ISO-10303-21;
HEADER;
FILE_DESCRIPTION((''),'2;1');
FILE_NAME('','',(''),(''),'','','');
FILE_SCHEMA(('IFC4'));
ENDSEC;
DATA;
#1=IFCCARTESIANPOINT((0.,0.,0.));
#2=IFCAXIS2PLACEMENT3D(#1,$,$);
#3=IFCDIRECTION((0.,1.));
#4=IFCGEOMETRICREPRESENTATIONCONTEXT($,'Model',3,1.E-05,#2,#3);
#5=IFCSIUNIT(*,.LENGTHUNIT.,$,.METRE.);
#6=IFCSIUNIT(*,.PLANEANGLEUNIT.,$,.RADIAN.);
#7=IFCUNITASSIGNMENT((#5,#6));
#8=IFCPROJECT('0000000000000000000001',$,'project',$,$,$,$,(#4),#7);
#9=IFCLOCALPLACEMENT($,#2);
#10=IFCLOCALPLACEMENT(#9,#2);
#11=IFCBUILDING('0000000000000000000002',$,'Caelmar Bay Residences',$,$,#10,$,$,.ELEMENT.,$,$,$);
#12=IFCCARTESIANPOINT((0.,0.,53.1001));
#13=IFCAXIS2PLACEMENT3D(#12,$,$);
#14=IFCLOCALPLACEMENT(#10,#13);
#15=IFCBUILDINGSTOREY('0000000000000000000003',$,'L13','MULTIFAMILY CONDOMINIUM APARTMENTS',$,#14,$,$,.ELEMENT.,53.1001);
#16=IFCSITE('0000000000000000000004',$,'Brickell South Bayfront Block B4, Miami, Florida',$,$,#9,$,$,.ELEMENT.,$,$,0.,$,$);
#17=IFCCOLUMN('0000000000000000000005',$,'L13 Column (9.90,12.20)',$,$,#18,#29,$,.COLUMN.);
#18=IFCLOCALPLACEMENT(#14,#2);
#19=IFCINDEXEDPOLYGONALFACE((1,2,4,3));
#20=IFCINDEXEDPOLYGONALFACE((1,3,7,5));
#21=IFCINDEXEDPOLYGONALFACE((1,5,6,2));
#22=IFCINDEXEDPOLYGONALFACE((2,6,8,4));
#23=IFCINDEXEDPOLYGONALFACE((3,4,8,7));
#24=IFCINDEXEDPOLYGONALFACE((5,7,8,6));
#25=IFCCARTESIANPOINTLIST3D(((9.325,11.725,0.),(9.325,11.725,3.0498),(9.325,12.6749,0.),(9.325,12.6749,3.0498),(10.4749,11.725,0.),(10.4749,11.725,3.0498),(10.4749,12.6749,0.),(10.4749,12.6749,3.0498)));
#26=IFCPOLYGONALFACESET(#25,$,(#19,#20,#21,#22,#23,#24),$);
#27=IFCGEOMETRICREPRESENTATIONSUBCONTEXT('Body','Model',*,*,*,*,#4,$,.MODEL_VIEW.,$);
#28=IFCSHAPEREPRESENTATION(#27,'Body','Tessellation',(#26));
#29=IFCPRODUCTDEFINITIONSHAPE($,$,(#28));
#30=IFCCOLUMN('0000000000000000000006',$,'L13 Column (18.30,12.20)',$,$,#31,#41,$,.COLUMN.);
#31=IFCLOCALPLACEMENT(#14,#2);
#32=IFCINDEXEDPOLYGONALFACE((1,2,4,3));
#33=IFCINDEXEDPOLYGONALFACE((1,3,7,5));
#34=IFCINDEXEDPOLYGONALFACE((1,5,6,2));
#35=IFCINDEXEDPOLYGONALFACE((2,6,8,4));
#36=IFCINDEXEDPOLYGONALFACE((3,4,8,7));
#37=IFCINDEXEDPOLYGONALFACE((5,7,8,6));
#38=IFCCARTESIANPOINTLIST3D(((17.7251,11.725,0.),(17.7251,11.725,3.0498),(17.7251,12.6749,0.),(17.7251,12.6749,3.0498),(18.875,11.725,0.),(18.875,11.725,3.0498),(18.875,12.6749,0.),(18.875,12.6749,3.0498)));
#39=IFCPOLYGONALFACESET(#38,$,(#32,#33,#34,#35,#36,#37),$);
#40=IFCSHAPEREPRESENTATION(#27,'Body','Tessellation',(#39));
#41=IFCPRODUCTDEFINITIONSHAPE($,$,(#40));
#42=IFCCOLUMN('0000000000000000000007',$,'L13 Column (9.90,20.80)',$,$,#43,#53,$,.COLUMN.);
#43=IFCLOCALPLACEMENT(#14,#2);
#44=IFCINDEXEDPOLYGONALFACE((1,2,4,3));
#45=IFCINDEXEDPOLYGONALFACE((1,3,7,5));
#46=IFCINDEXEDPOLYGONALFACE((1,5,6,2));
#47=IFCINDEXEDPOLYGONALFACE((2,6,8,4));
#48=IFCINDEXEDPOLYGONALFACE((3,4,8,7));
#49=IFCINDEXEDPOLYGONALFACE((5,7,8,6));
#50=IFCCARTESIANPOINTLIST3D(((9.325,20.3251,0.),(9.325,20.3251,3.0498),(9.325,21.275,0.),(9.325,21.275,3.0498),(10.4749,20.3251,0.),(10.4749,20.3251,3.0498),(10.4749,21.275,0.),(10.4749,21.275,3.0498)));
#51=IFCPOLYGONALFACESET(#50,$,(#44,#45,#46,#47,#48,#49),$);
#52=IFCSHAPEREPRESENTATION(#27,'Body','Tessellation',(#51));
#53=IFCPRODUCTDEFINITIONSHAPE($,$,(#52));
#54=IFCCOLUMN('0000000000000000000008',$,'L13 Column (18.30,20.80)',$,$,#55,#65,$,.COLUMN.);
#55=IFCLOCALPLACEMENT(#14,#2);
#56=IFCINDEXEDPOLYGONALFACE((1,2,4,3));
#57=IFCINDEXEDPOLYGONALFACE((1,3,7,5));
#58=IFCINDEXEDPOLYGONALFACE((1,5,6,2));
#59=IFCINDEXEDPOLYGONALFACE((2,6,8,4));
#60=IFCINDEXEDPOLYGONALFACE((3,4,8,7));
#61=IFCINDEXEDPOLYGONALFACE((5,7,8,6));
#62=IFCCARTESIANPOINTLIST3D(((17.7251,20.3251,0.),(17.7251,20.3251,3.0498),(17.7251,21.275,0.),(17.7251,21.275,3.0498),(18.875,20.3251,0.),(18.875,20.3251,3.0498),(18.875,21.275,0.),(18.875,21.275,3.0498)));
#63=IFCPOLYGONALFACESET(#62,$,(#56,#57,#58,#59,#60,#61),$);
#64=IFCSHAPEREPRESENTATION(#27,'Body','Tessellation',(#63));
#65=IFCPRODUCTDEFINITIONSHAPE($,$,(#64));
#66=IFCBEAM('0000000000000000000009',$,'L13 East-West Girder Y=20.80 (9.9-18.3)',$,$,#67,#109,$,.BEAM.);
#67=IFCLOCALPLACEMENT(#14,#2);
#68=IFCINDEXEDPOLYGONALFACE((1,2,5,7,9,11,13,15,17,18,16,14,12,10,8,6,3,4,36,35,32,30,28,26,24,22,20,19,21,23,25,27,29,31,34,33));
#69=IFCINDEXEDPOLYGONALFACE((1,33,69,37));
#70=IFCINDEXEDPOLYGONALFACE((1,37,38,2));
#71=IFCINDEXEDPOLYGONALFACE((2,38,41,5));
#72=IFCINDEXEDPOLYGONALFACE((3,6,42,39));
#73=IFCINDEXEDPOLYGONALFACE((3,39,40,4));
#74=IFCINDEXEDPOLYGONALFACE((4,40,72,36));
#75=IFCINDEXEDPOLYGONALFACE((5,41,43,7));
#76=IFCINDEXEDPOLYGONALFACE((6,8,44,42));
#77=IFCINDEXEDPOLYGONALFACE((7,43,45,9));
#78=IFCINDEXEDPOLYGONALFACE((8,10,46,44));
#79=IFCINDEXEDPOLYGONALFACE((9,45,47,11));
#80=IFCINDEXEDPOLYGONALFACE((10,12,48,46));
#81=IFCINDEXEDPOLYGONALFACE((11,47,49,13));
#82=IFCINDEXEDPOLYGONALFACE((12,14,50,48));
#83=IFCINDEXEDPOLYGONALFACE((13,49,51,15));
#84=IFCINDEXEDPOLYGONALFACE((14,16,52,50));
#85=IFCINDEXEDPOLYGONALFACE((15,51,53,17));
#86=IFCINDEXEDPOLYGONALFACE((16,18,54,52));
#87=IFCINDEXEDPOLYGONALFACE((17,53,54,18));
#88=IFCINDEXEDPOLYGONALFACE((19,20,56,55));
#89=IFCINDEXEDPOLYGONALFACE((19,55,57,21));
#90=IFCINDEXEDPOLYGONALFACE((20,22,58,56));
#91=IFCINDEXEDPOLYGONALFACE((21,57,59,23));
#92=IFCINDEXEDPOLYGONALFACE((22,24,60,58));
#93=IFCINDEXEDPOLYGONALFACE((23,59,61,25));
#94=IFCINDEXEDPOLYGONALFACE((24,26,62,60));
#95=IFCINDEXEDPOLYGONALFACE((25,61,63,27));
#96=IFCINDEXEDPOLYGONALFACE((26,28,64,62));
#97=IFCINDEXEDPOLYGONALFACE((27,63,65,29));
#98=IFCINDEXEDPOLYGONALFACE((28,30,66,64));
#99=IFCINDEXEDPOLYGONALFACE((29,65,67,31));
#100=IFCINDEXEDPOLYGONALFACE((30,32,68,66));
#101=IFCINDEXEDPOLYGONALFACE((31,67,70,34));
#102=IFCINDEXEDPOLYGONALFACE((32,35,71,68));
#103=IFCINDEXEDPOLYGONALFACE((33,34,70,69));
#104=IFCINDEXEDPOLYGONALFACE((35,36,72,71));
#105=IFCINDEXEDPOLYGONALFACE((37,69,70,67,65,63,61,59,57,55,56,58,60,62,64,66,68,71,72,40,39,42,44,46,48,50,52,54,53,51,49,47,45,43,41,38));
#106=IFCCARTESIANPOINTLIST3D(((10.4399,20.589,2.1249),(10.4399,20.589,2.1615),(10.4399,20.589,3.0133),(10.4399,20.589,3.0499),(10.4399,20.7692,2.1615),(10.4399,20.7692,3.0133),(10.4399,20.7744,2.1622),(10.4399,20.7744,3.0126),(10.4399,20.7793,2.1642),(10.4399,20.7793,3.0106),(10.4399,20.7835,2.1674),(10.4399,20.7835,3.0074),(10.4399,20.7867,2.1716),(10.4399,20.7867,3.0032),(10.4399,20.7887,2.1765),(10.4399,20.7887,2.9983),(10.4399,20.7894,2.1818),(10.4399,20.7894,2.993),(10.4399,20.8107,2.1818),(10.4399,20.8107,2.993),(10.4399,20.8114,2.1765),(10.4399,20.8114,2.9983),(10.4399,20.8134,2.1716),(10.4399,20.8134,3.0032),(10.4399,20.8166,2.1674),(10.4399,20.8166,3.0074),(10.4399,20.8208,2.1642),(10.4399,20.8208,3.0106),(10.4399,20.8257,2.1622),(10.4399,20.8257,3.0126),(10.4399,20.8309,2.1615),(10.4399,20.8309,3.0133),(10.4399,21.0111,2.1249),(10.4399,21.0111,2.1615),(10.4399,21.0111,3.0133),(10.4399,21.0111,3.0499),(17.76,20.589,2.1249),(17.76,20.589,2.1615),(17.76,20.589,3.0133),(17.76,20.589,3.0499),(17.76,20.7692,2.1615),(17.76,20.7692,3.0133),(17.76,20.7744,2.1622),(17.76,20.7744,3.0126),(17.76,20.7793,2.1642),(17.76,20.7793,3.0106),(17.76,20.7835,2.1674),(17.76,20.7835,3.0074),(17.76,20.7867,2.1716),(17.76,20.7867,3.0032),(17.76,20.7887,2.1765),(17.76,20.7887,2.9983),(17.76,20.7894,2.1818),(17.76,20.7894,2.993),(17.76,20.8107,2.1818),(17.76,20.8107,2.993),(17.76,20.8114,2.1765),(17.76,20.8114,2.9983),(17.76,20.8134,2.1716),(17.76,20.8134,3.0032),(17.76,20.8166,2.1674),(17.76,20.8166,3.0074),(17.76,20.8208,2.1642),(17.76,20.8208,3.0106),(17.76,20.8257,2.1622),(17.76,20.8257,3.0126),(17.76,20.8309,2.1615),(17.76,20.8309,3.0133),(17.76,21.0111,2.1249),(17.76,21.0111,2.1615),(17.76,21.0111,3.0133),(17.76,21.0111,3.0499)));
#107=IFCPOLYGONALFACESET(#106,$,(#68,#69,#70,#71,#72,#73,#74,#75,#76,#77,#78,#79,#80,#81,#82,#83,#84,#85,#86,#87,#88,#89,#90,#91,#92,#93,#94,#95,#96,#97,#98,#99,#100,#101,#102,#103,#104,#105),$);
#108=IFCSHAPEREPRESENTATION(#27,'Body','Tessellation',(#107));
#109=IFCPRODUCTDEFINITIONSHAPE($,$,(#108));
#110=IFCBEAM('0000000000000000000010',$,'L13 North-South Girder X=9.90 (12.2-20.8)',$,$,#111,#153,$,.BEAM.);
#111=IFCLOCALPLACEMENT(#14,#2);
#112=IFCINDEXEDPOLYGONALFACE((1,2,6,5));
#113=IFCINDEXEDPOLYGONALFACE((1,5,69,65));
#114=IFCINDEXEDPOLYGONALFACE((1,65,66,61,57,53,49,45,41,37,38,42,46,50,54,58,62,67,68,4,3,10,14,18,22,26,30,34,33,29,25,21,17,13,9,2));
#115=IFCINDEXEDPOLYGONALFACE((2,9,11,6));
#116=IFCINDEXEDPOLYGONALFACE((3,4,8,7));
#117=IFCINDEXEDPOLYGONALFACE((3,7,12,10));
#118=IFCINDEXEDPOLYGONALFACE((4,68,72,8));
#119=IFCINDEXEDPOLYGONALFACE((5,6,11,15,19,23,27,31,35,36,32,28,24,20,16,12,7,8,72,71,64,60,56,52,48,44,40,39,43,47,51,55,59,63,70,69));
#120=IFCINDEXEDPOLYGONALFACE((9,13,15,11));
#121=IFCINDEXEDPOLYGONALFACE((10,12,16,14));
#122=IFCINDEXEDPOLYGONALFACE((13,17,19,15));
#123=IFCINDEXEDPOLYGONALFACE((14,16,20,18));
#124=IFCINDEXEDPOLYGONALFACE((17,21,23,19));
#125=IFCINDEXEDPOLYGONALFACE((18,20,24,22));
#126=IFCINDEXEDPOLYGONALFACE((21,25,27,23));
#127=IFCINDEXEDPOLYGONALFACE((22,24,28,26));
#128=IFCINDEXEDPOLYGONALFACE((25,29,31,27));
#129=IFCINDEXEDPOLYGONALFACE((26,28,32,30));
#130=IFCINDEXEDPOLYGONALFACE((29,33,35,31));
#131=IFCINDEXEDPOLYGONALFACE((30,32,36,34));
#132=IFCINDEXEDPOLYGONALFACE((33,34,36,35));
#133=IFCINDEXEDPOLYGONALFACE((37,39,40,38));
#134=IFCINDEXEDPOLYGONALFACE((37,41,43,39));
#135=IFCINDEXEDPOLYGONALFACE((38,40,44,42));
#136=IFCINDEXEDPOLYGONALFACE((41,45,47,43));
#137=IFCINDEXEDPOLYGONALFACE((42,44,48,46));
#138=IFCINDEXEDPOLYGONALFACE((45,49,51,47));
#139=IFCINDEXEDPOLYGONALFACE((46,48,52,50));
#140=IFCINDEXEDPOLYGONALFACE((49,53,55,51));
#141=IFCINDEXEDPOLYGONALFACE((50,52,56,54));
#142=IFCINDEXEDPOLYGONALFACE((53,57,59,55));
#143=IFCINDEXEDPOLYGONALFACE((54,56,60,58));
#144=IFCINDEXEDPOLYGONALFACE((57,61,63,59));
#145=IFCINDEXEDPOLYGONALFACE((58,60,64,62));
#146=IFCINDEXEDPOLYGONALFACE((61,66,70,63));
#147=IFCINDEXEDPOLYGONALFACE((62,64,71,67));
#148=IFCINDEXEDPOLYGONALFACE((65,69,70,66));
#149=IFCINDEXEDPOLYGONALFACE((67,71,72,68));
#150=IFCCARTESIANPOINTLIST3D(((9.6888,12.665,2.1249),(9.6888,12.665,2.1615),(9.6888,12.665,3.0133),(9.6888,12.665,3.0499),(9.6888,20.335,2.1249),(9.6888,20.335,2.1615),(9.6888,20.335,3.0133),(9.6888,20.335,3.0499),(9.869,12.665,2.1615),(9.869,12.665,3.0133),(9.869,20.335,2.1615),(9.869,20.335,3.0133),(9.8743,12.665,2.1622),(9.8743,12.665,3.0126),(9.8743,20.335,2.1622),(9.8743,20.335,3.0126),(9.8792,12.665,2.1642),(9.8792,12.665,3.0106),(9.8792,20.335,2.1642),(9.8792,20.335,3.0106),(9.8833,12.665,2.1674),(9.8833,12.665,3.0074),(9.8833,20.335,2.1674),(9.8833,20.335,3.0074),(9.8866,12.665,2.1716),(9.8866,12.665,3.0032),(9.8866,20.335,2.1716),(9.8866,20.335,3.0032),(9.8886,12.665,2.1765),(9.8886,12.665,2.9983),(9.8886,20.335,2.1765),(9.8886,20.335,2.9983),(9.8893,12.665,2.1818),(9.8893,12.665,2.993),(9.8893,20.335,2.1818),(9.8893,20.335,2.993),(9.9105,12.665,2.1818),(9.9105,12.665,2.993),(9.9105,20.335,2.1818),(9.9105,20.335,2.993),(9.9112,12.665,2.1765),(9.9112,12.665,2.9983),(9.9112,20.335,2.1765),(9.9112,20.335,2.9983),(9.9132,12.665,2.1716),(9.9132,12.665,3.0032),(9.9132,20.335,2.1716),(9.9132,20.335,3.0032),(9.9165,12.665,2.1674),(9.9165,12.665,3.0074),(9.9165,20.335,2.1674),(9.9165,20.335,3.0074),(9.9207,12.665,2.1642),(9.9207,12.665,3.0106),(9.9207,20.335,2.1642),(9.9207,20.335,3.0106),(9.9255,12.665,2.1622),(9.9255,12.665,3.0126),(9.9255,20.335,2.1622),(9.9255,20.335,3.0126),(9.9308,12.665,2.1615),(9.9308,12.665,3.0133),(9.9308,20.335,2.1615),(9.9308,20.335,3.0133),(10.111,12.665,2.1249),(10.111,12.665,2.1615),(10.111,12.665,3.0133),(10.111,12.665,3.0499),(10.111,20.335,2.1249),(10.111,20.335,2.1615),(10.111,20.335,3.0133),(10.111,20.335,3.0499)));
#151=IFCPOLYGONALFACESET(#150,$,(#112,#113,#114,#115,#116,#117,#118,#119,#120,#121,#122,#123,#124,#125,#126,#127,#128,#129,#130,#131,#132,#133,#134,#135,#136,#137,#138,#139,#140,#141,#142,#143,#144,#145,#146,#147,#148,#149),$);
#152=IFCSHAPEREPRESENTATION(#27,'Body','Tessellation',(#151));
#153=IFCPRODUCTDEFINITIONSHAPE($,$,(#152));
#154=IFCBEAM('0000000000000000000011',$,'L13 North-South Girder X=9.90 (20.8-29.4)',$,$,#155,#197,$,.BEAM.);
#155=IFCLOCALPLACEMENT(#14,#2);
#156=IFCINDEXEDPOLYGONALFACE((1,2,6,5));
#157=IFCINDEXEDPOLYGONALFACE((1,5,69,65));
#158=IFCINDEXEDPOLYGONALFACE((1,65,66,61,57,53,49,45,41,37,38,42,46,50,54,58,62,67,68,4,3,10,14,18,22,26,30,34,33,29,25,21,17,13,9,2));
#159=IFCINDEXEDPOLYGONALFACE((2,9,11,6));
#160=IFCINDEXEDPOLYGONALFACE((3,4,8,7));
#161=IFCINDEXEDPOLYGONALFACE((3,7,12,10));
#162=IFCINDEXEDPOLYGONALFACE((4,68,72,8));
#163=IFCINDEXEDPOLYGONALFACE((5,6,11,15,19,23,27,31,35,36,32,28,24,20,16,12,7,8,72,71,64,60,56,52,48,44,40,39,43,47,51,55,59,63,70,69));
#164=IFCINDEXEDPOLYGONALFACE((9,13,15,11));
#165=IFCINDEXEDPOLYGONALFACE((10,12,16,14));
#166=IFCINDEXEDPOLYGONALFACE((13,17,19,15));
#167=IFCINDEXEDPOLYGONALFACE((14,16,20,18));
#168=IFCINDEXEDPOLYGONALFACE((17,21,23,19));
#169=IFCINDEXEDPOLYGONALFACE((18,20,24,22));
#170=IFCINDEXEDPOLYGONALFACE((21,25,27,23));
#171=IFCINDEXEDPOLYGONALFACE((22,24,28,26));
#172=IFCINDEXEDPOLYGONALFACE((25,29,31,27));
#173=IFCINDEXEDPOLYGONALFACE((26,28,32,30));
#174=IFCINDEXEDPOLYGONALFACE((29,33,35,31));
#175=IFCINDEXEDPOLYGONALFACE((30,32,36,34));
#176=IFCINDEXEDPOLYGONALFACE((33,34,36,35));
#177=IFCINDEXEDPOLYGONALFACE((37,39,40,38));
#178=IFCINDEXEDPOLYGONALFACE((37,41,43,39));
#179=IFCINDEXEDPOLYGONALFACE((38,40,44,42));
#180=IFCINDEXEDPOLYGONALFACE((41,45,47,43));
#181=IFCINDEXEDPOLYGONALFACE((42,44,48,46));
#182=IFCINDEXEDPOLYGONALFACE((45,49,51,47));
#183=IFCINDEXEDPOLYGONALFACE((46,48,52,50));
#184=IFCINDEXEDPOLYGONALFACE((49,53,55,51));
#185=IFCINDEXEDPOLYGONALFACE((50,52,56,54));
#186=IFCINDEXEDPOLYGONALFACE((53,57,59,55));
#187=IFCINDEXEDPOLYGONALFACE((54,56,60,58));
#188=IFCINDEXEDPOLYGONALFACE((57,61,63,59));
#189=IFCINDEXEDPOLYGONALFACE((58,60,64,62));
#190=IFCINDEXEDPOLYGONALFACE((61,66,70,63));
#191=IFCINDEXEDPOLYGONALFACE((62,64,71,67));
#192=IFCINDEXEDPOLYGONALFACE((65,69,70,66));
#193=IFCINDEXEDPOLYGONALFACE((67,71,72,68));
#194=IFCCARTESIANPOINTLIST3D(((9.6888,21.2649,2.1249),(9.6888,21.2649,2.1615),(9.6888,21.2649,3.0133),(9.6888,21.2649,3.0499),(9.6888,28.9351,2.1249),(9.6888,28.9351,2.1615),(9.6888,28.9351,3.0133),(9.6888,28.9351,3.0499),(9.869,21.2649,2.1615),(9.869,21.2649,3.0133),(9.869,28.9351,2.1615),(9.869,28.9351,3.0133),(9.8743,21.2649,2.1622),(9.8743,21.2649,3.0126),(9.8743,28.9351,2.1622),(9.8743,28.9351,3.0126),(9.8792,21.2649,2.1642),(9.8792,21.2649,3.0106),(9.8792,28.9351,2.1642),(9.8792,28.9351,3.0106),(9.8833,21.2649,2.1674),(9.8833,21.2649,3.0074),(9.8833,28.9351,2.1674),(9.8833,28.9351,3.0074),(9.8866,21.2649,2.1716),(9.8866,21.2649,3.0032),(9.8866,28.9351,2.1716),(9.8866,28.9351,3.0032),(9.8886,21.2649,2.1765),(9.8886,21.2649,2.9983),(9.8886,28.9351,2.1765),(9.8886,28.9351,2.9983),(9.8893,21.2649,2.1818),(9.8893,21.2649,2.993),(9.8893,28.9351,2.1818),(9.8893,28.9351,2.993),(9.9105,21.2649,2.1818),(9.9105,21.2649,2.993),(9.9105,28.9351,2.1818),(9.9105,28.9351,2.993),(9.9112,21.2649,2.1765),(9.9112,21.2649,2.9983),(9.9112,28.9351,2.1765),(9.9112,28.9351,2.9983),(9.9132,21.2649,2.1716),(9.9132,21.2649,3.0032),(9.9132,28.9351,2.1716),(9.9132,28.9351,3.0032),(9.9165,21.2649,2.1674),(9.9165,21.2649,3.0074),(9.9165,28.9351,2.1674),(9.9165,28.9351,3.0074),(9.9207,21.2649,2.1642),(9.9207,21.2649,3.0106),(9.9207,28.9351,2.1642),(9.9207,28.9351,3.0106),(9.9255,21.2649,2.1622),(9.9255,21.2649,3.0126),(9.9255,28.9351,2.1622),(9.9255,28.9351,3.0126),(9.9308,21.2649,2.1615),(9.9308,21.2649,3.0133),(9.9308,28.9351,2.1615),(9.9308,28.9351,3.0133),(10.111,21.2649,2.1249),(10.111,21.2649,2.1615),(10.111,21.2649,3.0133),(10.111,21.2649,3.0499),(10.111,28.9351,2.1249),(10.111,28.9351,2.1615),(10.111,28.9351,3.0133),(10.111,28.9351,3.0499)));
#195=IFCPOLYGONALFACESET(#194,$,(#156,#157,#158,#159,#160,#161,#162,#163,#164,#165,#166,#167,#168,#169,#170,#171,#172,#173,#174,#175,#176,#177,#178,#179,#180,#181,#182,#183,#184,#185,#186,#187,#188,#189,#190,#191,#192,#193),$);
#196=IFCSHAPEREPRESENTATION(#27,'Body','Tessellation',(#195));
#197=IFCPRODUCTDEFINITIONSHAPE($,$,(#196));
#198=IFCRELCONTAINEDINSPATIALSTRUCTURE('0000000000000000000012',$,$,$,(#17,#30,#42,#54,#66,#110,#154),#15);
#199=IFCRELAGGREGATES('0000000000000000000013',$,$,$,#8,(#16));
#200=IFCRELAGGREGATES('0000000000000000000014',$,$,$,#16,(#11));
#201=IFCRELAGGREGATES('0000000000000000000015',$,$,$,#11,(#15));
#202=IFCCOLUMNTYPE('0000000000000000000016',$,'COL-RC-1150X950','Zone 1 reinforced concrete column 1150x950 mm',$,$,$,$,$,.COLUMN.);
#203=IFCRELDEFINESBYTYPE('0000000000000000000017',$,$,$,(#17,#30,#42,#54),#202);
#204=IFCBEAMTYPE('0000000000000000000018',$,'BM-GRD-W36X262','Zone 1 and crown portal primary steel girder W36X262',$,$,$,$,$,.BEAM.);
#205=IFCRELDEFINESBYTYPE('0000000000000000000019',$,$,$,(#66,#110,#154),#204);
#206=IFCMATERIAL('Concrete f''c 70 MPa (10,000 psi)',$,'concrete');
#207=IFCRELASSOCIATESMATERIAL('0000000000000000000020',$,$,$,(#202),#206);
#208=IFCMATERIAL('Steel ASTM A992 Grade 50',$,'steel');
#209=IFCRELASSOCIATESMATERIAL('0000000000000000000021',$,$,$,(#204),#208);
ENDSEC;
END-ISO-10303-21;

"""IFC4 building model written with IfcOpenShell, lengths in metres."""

from ifc_helpers import new_model, si_unit, direction, frame, origin, origin_2d, place, context, subcontext, project, spatial, rectangle, i_section, extrude, material, material_profile, profile_set, type_object, element, save


model = new_model("IFC4")

# Units and contexts
model_context = context("Model", 3, precision=1e-05, world=origin(), true_north=direction((0.0, 1.0)))
body_context = subcontext(model_context, "Body", "Model", "MODEL_VIEW")
ifc_project = project(units=[si_unit("LENGTHUNIT", "METRE"), si_unit("PLANEANGLEUNIT", "RADIAN")], contexts=[model_context])

# Site, building, storey
site_placement = place(None, origin())
site = spatial("IfcSite", under=ifc_project, at=site_placement, Name="Brickell South Bayfront Block B4, Miami, Florida", CompositionType="ELEMENT", RefElevation=0.0)
building_placement = place(site_placement, origin())
building = spatial("IfcBuilding", under=site, at=building_placement, Name="Caelmar Bay Residences", CompositionType="ELEMENT")
storey_placement = place(building_placement, frame((0.0, 0.0, 53.1001)))
storey = spatial("IfcBuildingStorey", under=building, at=storey_placement, Name="L13", Description="MULTIFAMILY CONDOMINIUM APARTMENTS", CompositionType="ELEMENT", Elevation=53.1001)

# Columns
ifc_material_1 = material(Name="Concrete f'c 70 MPa (10,000 psi)", Category="concrete")
ifc_material_profile_1 = material_profile(ifc_material_1, rectangle(XDim=1.1499, YDim=0.95, at=origin_2d()), Name="RC-COL-1150X950")
ifc_profile_set_1 = profile_set([ifc_material_profile_1], Name="Concrete f'c 70 MPa (10,000 psi)")
column_type = type_object("IfcColumnType", Name="COL-RC-1150X950", Description="Zone 1 reinforced concrete column 1150x950 mm", PredefinedType="COLUMN", material=ifc_profile_set_1)
for number, where, z_axis, x_axis, name in (
    (1, (9.8999, 12.2, 0.0), (0.0, 0.0, 1.0), (1.0, 0.0, 0.0), "L13 Column (9.90,12.20)"),
    (2, (18.3, 12.2, 0.0), (0.0, 0.0, 1.0), (1.0, 0.0, 0.0), "L13 Column (18.30,12.20)"),
    (3, (9.8999, 20.8, 0.0), (0.0, 0.0, 1.0), (1.0, 0.0, 0.0), "L13 Column (9.90,20.80)"),
    (4, (18.3, 20.8, 0.0), (0.0, 0.0, 1.0), (1.0, 0.0, 0.0), "L13 Column (18.30,20.80)"),
):
    element("IfcColumn", number, at=place(storey_placement, frame(where, z_axis=z_axis, x_axis=x_axis)), inside=storey, type_object=column_type, Name=name, PredefinedType="COLUMN", context=body_context, shape_type="SweptSolid", body=[
        extrude(rectangle(XDim=1.1499, YDim=0.95, at=origin_2d()), origin(), (0.0, 0.0, 1.0), 3.0498),
    ])

# Beams
ifc_material_2 = material(Name="Steel ASTM A992 Grade 50", Category="steel")
ifc_material_profile_2 = material_profile(ifc_material_2, i_section(OverallWidth=0.4221, OverallDepth=0.925, WebThickness=0.0212, FlangeThickness=0.0366, FilletRadius=0.0203, at=origin_2d()), Name="W36X262")
ifc_profile_set_2 = profile_set([ifc_material_profile_2], Name="Steel ASTM A992 Grade 50")
beam_type_1 = type_object("IfcBeamType", Name="BM-GRD-W36X262", Description="Zone 1 and crown portal primary steel girder W36X262", PredefinedType="BEAM", material=ifc_profile_set_2)
beam_1_placement = place(storey_placement, frame((10.4399, 20.8, 2.5874), z_axis=(1.0, 0.0, 0.0), x_axis=(0.0, 1.0, 0.0)))
element("IfcBeam", 5, at=beam_1_placement, inside=storey, type_object=beam_type_1, Name="L13 East-West Girder Y=20.80 (9.9-18.3)", PredefinedType="BEAM", context=body_context, shape_type="SweptSolid", body=[
    extrude(i_section(OverallWidth=0.4221, OverallDepth=0.925, WebThickness=0.0212, FlangeThickness=0.0366, FilletRadius=0.0203, at=origin_2d()), origin(), (0.0, 0.0, 1.0), 7.3201),
])
beam_2_placement = place(storey_placement, frame((9.8999, 12.665, 2.5874), z_axis=(0.0, 1.0, 0.0), x_axis=(-1.0, 0.0, 0.0)))
element("IfcBeam", 6, at=beam_2_placement, inside=storey, type_object=beam_type_1, Name="L13 North-South Girder X=9.90 (12.2-20.8)", PredefinedType="BEAM", context=body_context, shape_type="SweptSolid", body=[
    extrude(i_section(OverallWidth=0.4221, OverallDepth=0.925, WebThickness=0.0212, FlangeThickness=0.0366, FilletRadius=0.0203, at=origin_2d()), origin(), (0.0, 0.0, 1.0), 7.6699),
])
beam_3_placement = place(storey_placement, frame((9.8999, 21.2649, 2.5874), z_axis=(0.0, 1.0, 0.0), x_axis=(-1.0, 0.0, 0.0)))
element("IfcBeam", 7, at=beam_3_placement, inside=storey, type_object=beam_type_1, Name="L13 North-South Girder X=9.90 (20.8-29.4)", PredefinedType="BEAM", context=body_context, shape_type="SweptSolid", body=[
    extrude(i_section(OverallWidth=0.4221, OverallDepth=0.925, WebThickness=0.0212, FlangeThickness=0.0366, FilletRadius=0.0203, at=origin_2d()), origin(), (0.0, 0.0, 1.0), 7.6702),
])

save(model, "model.ifc")
